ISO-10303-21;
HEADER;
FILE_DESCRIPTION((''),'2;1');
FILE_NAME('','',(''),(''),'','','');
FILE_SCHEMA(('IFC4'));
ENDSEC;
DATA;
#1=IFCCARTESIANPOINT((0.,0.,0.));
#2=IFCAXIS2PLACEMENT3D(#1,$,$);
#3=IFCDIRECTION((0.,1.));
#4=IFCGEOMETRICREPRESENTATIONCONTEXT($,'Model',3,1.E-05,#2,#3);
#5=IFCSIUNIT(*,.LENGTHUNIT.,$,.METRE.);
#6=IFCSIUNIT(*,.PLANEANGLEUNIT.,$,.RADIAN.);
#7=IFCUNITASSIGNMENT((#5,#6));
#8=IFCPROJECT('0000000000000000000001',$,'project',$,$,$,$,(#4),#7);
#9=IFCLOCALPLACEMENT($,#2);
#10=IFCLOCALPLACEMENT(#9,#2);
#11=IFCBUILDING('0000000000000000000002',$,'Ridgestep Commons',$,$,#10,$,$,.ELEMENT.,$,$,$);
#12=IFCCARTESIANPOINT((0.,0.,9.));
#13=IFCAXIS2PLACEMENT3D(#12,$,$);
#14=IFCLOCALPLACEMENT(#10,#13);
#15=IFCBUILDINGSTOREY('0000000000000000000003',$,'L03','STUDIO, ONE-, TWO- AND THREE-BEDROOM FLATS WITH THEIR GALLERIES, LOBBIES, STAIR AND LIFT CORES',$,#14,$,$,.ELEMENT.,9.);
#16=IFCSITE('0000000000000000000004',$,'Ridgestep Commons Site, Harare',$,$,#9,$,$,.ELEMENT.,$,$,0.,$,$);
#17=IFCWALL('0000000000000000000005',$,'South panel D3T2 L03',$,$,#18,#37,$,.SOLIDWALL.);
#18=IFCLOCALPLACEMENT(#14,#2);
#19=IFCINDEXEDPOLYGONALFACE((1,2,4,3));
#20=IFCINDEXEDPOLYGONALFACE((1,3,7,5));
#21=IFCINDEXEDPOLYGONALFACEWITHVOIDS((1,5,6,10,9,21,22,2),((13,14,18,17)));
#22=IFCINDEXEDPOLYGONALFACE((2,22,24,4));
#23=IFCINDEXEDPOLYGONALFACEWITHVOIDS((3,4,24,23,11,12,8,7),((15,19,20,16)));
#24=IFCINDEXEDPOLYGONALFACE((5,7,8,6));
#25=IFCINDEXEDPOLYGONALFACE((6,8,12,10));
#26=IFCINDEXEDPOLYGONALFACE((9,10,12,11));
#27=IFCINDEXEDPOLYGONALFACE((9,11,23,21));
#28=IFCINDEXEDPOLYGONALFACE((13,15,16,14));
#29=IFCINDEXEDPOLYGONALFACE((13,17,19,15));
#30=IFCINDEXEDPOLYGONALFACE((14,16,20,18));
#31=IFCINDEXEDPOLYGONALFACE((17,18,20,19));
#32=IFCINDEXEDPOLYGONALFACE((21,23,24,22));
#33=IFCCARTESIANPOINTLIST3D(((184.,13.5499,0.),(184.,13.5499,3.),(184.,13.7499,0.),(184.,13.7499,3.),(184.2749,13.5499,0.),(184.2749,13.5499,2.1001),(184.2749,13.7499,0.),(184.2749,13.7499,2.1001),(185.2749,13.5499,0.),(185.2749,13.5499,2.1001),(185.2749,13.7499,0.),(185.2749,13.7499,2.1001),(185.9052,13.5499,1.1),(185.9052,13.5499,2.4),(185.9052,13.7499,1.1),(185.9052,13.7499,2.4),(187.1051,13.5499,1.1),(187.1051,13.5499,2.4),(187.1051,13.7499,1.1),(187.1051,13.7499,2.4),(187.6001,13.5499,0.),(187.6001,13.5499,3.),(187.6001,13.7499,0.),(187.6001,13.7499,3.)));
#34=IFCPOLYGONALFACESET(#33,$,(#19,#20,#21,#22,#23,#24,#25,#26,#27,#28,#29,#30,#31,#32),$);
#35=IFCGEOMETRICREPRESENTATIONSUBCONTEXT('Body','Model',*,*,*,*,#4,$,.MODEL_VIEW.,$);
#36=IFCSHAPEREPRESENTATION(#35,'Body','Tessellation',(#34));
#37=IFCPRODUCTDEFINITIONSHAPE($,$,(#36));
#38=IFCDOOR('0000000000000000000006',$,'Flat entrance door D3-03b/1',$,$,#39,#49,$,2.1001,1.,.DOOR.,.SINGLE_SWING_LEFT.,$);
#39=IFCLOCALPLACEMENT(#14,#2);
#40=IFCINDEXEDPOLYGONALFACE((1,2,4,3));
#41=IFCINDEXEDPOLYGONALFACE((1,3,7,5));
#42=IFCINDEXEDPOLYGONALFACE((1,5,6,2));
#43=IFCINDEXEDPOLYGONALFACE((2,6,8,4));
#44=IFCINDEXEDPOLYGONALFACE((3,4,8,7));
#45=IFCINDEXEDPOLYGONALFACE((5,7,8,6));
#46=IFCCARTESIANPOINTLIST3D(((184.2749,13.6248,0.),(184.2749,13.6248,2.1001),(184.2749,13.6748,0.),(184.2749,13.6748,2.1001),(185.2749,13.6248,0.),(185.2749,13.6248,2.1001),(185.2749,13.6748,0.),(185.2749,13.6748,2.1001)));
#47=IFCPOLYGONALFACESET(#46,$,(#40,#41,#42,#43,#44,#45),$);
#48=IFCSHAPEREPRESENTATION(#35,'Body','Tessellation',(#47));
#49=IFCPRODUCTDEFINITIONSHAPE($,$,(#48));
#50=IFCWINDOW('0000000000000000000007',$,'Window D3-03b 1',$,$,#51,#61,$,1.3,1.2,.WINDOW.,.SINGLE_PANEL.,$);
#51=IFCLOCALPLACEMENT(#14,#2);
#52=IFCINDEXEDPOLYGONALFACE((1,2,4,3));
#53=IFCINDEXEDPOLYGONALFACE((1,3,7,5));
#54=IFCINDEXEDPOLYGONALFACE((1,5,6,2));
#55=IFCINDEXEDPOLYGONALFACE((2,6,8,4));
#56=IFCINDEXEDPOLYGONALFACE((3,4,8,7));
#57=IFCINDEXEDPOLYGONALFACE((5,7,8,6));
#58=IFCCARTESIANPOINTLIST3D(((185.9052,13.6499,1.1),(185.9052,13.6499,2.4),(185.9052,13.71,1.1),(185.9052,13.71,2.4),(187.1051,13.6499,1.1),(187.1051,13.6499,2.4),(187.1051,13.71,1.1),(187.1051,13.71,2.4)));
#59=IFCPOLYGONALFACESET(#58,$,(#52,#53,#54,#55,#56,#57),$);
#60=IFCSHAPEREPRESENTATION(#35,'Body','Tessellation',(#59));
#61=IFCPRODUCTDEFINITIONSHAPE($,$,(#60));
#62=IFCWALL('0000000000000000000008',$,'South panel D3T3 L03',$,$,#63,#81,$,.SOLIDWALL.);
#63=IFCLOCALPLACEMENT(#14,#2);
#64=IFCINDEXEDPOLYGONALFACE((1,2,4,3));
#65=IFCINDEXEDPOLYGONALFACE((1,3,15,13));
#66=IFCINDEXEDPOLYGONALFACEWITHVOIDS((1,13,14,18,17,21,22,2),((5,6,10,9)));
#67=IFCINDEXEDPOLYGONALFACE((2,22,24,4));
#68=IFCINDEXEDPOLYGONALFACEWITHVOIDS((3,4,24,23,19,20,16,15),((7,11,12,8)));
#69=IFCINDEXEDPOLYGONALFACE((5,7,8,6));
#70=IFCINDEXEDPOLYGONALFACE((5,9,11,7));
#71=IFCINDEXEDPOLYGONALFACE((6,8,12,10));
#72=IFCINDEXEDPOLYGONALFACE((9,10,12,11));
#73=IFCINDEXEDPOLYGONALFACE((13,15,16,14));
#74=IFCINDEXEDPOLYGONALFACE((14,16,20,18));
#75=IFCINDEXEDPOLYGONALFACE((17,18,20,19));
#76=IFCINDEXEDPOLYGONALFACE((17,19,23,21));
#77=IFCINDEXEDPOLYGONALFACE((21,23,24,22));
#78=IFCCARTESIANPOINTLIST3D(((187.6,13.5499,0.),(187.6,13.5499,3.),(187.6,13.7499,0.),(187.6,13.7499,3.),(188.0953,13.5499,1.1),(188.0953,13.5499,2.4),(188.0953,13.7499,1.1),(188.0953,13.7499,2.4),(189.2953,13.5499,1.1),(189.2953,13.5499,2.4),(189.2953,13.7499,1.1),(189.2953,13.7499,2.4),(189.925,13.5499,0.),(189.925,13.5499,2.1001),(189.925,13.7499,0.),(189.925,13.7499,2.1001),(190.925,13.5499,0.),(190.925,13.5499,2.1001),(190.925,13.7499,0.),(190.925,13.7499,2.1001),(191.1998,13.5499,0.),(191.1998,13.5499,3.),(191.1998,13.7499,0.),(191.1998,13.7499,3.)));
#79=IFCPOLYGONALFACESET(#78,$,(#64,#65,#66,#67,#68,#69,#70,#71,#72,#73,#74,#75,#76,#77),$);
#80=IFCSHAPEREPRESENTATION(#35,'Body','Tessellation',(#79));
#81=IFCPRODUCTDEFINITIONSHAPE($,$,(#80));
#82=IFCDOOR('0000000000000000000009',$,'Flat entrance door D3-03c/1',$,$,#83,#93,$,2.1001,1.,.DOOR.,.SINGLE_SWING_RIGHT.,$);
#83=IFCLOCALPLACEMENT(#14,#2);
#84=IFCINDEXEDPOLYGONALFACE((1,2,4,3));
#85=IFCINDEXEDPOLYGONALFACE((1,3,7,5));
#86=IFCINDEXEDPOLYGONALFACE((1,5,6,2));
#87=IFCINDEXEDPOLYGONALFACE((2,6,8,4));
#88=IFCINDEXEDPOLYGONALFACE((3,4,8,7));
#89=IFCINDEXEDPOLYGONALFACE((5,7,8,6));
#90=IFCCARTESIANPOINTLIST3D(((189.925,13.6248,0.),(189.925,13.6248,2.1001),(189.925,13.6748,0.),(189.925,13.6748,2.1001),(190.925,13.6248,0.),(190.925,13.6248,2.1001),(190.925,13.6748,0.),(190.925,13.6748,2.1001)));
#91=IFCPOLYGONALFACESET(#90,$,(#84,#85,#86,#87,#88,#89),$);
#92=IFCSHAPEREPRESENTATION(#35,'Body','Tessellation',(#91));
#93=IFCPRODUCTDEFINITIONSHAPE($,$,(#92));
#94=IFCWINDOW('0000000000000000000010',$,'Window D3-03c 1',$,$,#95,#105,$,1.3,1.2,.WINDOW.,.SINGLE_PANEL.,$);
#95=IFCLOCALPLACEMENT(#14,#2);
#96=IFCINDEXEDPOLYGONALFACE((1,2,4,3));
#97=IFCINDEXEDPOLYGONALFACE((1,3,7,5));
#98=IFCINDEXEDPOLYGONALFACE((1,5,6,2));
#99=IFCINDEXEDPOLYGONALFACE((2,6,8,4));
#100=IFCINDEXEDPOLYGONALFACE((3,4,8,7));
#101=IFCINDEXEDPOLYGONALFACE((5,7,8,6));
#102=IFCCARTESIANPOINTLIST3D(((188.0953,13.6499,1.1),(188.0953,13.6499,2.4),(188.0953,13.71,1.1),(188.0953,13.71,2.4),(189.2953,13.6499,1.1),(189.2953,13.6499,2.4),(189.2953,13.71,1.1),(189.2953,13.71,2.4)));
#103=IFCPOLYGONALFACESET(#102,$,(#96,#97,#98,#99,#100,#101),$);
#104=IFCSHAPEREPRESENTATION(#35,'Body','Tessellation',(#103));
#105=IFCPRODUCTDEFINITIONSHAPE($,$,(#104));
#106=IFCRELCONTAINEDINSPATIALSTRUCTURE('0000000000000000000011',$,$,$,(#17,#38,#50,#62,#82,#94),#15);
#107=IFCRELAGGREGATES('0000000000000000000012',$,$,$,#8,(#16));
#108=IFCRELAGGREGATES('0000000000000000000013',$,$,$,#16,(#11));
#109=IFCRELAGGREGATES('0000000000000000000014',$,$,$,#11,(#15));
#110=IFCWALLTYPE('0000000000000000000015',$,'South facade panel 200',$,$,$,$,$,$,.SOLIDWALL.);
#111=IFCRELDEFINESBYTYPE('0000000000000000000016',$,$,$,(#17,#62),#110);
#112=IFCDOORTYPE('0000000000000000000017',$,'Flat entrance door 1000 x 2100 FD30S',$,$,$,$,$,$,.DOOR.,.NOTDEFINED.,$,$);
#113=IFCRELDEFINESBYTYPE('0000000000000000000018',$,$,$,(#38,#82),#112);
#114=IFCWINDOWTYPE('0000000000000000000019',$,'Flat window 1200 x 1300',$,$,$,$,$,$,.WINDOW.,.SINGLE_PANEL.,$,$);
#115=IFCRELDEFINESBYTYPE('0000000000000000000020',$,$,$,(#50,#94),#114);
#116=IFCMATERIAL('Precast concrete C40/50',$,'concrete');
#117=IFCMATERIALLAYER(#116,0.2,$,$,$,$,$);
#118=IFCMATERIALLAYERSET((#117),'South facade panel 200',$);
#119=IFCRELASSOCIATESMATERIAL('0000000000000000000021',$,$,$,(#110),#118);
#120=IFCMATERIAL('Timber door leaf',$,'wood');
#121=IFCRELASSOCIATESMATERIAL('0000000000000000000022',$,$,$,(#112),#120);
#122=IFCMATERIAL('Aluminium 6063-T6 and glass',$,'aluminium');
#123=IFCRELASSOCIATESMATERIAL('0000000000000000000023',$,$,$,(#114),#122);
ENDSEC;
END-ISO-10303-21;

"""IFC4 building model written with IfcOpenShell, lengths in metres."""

from ifc_helpers import new_model, si_unit, direction, frame, frame_2d, origin, place, context, subcontext, project, spatial, rectangle, extrude, material, layer, layer_set, type_object, element, fill, save


model = new_model("IFC4")

# Units and contexts
model_context = context("Model", 3, precision=1e-05, world=origin(), true_north=direction((0.0, 1.0)))
body_context = subcontext(model_context, "Body", "Model", "MODEL_VIEW")
ifc_project = project(units=[si_unit("LENGTHUNIT", "METRE"), si_unit("PLANEANGLEUNIT", "RADIAN")], contexts=[model_context])

# Site, building, storey
site_placement = place(None, origin())
site = spatial("IfcSite", under=ifc_project, at=site_placement, Name="Ridgestep Commons Site, Harare", CompositionType="ELEMENT", RefElevation=0.0)
building_placement = place(site_placement, origin())
building = spatial("IfcBuilding", under=site, at=building_placement, Name="Ridgestep Commons", CompositionType="ELEMENT")
storey_placement = place(building_placement, frame((0.0, 0.0, 9.0)))
storey = spatial("IfcBuildingStorey", under=building, at=storey_placement, Name="L03", Description="STUDIO, ONE-, TWO- AND THREE-BEDROOM FLATS WITH THEIR GALLERIES, LOBBIES, STAIR AND LIFT CORES", CompositionType="ELEMENT", Elevation=9.0)

# Walls, openings, doors, windows
ifc_material_1 = material(Name="Precast concrete C40/50", Category="concrete")
ifc_layer_1 = layer(ifc_material_1, 0.2)
ifc_layer_set_1 = layer_set([ifc_layer_1], Name="South facade panel 200")
wall_type_1 = type_object("IfcWallType", Name="South facade panel 200", PredefinedType="SOLIDWALL", material=ifc_layer_set_1)
wall_1_placement = place(storey_placement, frame((184.0, 13.6499, 0.0), z_axis=(0.0, 0.0, 1.0), x_axis=(1.0, 0.0, 0.0)))
wall_1 = element("IfcWall", 1, at=wall_1_placement, inside=storey, type_object=wall_type_1, Name="South panel D3T2 L03", PredefinedType="SOLIDWALL", context=body_context, shape_type="SweptSolid", body=[
    extrude(rectangle(XDim=3.6001, YDim=0.2, at=frame_2d((1.8, 0.0))), origin(), (0.0, 0.0, 1.0), 3.0),
])
opening_1_placement = place(wall_1_placement, frame((1.905, 0.0, 1.1001)))
opening_1 = element("IfcOpeningElement", 2, at=opening_1_placement, cuts=wall_1, PredefinedType="OPENING", context=body_context, shape_type="SweptSolid", body=[
    extrude(rectangle(XDim=1.2, YDim=1.3, at=frame_2d((0.6001, 0.6499))), frame((0.0, 0.1099, 0.0), z_axis=(0.0, -1.0, 0.0), x_axis=(1.0, 0.0, 0.0)), (0.0, 0.0, 1.0), 0.22),
])
opening_2_placement = place(wall_1_placement, frame((0.2749, 0.0, 0.0)))
opening_2 = element("IfcOpeningElement", 3, at=opening_2_placement, cuts=wall_1, PredefinedType="OPENING", context=body_context, shape_type="SweptSolid", body=[
    extrude(rectangle(XDim=1.0, YDim=2.1001, at=frame_2d((0.5, 1.05))), frame((0.0, 0.1099, 0.0), z_axis=(0.0, -1.0, 0.0), x_axis=(1.0, 0.0, 0.0)), (0.0, 0.0, 1.0), 0.22),
])
ifc_material_2 = material(Name="Timber door leaf", Category="wood")
door_type_1 = type_object("IfcDoorType", Name="Flat entrance door 1000 x 2100 FD30S", OperationType="NOTDEFINED", PredefinedType="DOOR", material=ifc_material_2)
door_1_placement = place(opening_2_placement, origin())
door_1 = element("IfcDoor", 4, at=door_1_placement, inside=storey, type_object=door_type_1, Name="Flat entrance door D3-03b/1", OperationType="SINGLE_SWING_LEFT", OverallHeight=2.1001, OverallWidth=1.0, PredefinedType="DOOR", context=body_context, shape_type="SweptSolid", body=[
    extrude(rectangle(XDim=1.0, YDim=2.1001, at=frame_2d((0.5, 1.05))), frame((0.0, 0.0249, 0.0), z_axis=(0.0, -1.0, 0.0), x_axis=(1.0, 0.0, 0.0)), (0.0, 0.0, 1.0), 0.05),
])
fill(opening_2, door_1)
ifc_material_3 = material(Name="Aluminium 6063-T6 and glass", Category="aluminium")
window_type = type_object("IfcWindowType", Name="Flat window 1200 x 1300", PartitioningType="SINGLE_PANEL", PredefinedType="WINDOW", material=ifc_material_3)
window_1_placement = place(opening_1_placement, origin())
window_1 = element("IfcWindow", 5, at=window_1_placement, inside=storey, type_object=window_type, Name="Window D3-03b 1", OverallHeight=1.3, OverallWidth=1.2, PartitioningType="SINGLE_PANEL", PredefinedType="WINDOW", context=body_context, shape_type="SweptSolid", body=[
    extrude(rectangle(XDim=1.2, YDim=1.3, at=frame_2d((0.6001, 0.6499))), frame((0.0, 0.0601, 0.0), z_axis=(0.0, -1.0, 0.0), x_axis=(1.0, 0.0, 0.0)), (0.0, 0.0, 1.0), 0.0601),
])
fill(opening_1, window_1)
wall_2_placement = place(storey_placement, frame((187.6001, 13.6499, 0.0), z_axis=(0.0, 0.0, 1.0), x_axis=(1.0, 0.0, 0.0)))
wall_2 = element("IfcWall", 6, at=wall_2_placement, inside=storey, type_object=wall_type_1, Name="South panel D3T3 L03", PredefinedType="SOLIDWALL", context=body_context, shape_type="SweptSolid", body=[
    extrude(rectangle(XDim=3.5999, YDim=0.2, at=frame_2d((1.7998, 0.0))), origin(), (0.0, 0.0, 1.0), 3.0),
])
opening_3_placement = place(wall_2_placement, frame((0.4951, 0.0, 1.1001)))
opening_3 = element("IfcOpeningElement", 7, at=opening_3_placement, cuts=wall_2, PredefinedType="OPENING", context=body_context, shape_type="SweptSolid", body=[
    extrude(rectangle(XDim=1.2, YDim=1.3, at=frame_2d((0.6001, 0.6499))), frame((0.0, 0.1099, 0.0), z_axis=(0.0, -1.0, 0.0), x_axis=(1.0, 0.0, 0.0)), (0.0, 0.0, 1.0), 0.22),
])
opening_4_placement = place(wall_2_placement, frame((2.325, 0.0, 0.0)))
opening_4 = element("IfcOpeningElement", 8, at=opening_4_placement, cuts=wall_2, PredefinedType="OPENING", context=body_context, shape_type="SweptSolid", body=[
    extrude(rectangle(XDim=1.0, YDim=2.1001, at=frame_2d((0.5, 1.05))), frame((0.0, 0.1099, 0.0), z_axis=(0.0, -1.0, 0.0), x_axis=(1.0, 0.0, 0.0)), (0.0, 0.0, 1.0), 0.22),
])
door_2_placement = place(opening_4_placement, origin())
door_2 = element("IfcDoor", 9, at=door_2_placement, inside=storey, type_object=door_type_1, Name="Flat entrance door D3-03c/1", OperationType="SINGLE_SWING_RIGHT", OverallHeight=2.1001, OverallWidth=1.0, PredefinedType="DOOR", context=body_context, shape_type="SweptSolid", body=[
    extrude(rectangle(XDim=1.0, YDim=2.1001, at=frame_2d((0.5, 1.05))), frame((0.0, 0.0249, 0.0), z_axis=(0.0, -1.0, 0.0), x_axis=(1.0, 0.0, 0.0)), (0.0, 0.0, 1.0), 0.05),
])
fill(opening_4, door_2)
window_2_placement = place(opening_3_placement, origin())
window_2 = element("IfcWindow", 10, at=window_2_placement, inside=storey, type_object=window_type, Name="Window D3-03c 1", OverallHeight=1.3, OverallWidth=1.2, PartitioningType="SINGLE_PANEL", PredefinedType="WINDOW", context=body_context, shape_type="SweptSolid", body=[
    extrude(rectangle(XDim=1.2, YDim=1.3, at=frame_2d((0.6001, 0.6499))), frame((0.0, 0.0601, 0.0), z_axis=(0.0, -1.0, 0.0), x_axis=(1.0, 0.0, 0.0)), (0.0, 0.0, 1.0), 0.0601),
])
fill(opening_3, window_2)

save(model, "model.ifc")
